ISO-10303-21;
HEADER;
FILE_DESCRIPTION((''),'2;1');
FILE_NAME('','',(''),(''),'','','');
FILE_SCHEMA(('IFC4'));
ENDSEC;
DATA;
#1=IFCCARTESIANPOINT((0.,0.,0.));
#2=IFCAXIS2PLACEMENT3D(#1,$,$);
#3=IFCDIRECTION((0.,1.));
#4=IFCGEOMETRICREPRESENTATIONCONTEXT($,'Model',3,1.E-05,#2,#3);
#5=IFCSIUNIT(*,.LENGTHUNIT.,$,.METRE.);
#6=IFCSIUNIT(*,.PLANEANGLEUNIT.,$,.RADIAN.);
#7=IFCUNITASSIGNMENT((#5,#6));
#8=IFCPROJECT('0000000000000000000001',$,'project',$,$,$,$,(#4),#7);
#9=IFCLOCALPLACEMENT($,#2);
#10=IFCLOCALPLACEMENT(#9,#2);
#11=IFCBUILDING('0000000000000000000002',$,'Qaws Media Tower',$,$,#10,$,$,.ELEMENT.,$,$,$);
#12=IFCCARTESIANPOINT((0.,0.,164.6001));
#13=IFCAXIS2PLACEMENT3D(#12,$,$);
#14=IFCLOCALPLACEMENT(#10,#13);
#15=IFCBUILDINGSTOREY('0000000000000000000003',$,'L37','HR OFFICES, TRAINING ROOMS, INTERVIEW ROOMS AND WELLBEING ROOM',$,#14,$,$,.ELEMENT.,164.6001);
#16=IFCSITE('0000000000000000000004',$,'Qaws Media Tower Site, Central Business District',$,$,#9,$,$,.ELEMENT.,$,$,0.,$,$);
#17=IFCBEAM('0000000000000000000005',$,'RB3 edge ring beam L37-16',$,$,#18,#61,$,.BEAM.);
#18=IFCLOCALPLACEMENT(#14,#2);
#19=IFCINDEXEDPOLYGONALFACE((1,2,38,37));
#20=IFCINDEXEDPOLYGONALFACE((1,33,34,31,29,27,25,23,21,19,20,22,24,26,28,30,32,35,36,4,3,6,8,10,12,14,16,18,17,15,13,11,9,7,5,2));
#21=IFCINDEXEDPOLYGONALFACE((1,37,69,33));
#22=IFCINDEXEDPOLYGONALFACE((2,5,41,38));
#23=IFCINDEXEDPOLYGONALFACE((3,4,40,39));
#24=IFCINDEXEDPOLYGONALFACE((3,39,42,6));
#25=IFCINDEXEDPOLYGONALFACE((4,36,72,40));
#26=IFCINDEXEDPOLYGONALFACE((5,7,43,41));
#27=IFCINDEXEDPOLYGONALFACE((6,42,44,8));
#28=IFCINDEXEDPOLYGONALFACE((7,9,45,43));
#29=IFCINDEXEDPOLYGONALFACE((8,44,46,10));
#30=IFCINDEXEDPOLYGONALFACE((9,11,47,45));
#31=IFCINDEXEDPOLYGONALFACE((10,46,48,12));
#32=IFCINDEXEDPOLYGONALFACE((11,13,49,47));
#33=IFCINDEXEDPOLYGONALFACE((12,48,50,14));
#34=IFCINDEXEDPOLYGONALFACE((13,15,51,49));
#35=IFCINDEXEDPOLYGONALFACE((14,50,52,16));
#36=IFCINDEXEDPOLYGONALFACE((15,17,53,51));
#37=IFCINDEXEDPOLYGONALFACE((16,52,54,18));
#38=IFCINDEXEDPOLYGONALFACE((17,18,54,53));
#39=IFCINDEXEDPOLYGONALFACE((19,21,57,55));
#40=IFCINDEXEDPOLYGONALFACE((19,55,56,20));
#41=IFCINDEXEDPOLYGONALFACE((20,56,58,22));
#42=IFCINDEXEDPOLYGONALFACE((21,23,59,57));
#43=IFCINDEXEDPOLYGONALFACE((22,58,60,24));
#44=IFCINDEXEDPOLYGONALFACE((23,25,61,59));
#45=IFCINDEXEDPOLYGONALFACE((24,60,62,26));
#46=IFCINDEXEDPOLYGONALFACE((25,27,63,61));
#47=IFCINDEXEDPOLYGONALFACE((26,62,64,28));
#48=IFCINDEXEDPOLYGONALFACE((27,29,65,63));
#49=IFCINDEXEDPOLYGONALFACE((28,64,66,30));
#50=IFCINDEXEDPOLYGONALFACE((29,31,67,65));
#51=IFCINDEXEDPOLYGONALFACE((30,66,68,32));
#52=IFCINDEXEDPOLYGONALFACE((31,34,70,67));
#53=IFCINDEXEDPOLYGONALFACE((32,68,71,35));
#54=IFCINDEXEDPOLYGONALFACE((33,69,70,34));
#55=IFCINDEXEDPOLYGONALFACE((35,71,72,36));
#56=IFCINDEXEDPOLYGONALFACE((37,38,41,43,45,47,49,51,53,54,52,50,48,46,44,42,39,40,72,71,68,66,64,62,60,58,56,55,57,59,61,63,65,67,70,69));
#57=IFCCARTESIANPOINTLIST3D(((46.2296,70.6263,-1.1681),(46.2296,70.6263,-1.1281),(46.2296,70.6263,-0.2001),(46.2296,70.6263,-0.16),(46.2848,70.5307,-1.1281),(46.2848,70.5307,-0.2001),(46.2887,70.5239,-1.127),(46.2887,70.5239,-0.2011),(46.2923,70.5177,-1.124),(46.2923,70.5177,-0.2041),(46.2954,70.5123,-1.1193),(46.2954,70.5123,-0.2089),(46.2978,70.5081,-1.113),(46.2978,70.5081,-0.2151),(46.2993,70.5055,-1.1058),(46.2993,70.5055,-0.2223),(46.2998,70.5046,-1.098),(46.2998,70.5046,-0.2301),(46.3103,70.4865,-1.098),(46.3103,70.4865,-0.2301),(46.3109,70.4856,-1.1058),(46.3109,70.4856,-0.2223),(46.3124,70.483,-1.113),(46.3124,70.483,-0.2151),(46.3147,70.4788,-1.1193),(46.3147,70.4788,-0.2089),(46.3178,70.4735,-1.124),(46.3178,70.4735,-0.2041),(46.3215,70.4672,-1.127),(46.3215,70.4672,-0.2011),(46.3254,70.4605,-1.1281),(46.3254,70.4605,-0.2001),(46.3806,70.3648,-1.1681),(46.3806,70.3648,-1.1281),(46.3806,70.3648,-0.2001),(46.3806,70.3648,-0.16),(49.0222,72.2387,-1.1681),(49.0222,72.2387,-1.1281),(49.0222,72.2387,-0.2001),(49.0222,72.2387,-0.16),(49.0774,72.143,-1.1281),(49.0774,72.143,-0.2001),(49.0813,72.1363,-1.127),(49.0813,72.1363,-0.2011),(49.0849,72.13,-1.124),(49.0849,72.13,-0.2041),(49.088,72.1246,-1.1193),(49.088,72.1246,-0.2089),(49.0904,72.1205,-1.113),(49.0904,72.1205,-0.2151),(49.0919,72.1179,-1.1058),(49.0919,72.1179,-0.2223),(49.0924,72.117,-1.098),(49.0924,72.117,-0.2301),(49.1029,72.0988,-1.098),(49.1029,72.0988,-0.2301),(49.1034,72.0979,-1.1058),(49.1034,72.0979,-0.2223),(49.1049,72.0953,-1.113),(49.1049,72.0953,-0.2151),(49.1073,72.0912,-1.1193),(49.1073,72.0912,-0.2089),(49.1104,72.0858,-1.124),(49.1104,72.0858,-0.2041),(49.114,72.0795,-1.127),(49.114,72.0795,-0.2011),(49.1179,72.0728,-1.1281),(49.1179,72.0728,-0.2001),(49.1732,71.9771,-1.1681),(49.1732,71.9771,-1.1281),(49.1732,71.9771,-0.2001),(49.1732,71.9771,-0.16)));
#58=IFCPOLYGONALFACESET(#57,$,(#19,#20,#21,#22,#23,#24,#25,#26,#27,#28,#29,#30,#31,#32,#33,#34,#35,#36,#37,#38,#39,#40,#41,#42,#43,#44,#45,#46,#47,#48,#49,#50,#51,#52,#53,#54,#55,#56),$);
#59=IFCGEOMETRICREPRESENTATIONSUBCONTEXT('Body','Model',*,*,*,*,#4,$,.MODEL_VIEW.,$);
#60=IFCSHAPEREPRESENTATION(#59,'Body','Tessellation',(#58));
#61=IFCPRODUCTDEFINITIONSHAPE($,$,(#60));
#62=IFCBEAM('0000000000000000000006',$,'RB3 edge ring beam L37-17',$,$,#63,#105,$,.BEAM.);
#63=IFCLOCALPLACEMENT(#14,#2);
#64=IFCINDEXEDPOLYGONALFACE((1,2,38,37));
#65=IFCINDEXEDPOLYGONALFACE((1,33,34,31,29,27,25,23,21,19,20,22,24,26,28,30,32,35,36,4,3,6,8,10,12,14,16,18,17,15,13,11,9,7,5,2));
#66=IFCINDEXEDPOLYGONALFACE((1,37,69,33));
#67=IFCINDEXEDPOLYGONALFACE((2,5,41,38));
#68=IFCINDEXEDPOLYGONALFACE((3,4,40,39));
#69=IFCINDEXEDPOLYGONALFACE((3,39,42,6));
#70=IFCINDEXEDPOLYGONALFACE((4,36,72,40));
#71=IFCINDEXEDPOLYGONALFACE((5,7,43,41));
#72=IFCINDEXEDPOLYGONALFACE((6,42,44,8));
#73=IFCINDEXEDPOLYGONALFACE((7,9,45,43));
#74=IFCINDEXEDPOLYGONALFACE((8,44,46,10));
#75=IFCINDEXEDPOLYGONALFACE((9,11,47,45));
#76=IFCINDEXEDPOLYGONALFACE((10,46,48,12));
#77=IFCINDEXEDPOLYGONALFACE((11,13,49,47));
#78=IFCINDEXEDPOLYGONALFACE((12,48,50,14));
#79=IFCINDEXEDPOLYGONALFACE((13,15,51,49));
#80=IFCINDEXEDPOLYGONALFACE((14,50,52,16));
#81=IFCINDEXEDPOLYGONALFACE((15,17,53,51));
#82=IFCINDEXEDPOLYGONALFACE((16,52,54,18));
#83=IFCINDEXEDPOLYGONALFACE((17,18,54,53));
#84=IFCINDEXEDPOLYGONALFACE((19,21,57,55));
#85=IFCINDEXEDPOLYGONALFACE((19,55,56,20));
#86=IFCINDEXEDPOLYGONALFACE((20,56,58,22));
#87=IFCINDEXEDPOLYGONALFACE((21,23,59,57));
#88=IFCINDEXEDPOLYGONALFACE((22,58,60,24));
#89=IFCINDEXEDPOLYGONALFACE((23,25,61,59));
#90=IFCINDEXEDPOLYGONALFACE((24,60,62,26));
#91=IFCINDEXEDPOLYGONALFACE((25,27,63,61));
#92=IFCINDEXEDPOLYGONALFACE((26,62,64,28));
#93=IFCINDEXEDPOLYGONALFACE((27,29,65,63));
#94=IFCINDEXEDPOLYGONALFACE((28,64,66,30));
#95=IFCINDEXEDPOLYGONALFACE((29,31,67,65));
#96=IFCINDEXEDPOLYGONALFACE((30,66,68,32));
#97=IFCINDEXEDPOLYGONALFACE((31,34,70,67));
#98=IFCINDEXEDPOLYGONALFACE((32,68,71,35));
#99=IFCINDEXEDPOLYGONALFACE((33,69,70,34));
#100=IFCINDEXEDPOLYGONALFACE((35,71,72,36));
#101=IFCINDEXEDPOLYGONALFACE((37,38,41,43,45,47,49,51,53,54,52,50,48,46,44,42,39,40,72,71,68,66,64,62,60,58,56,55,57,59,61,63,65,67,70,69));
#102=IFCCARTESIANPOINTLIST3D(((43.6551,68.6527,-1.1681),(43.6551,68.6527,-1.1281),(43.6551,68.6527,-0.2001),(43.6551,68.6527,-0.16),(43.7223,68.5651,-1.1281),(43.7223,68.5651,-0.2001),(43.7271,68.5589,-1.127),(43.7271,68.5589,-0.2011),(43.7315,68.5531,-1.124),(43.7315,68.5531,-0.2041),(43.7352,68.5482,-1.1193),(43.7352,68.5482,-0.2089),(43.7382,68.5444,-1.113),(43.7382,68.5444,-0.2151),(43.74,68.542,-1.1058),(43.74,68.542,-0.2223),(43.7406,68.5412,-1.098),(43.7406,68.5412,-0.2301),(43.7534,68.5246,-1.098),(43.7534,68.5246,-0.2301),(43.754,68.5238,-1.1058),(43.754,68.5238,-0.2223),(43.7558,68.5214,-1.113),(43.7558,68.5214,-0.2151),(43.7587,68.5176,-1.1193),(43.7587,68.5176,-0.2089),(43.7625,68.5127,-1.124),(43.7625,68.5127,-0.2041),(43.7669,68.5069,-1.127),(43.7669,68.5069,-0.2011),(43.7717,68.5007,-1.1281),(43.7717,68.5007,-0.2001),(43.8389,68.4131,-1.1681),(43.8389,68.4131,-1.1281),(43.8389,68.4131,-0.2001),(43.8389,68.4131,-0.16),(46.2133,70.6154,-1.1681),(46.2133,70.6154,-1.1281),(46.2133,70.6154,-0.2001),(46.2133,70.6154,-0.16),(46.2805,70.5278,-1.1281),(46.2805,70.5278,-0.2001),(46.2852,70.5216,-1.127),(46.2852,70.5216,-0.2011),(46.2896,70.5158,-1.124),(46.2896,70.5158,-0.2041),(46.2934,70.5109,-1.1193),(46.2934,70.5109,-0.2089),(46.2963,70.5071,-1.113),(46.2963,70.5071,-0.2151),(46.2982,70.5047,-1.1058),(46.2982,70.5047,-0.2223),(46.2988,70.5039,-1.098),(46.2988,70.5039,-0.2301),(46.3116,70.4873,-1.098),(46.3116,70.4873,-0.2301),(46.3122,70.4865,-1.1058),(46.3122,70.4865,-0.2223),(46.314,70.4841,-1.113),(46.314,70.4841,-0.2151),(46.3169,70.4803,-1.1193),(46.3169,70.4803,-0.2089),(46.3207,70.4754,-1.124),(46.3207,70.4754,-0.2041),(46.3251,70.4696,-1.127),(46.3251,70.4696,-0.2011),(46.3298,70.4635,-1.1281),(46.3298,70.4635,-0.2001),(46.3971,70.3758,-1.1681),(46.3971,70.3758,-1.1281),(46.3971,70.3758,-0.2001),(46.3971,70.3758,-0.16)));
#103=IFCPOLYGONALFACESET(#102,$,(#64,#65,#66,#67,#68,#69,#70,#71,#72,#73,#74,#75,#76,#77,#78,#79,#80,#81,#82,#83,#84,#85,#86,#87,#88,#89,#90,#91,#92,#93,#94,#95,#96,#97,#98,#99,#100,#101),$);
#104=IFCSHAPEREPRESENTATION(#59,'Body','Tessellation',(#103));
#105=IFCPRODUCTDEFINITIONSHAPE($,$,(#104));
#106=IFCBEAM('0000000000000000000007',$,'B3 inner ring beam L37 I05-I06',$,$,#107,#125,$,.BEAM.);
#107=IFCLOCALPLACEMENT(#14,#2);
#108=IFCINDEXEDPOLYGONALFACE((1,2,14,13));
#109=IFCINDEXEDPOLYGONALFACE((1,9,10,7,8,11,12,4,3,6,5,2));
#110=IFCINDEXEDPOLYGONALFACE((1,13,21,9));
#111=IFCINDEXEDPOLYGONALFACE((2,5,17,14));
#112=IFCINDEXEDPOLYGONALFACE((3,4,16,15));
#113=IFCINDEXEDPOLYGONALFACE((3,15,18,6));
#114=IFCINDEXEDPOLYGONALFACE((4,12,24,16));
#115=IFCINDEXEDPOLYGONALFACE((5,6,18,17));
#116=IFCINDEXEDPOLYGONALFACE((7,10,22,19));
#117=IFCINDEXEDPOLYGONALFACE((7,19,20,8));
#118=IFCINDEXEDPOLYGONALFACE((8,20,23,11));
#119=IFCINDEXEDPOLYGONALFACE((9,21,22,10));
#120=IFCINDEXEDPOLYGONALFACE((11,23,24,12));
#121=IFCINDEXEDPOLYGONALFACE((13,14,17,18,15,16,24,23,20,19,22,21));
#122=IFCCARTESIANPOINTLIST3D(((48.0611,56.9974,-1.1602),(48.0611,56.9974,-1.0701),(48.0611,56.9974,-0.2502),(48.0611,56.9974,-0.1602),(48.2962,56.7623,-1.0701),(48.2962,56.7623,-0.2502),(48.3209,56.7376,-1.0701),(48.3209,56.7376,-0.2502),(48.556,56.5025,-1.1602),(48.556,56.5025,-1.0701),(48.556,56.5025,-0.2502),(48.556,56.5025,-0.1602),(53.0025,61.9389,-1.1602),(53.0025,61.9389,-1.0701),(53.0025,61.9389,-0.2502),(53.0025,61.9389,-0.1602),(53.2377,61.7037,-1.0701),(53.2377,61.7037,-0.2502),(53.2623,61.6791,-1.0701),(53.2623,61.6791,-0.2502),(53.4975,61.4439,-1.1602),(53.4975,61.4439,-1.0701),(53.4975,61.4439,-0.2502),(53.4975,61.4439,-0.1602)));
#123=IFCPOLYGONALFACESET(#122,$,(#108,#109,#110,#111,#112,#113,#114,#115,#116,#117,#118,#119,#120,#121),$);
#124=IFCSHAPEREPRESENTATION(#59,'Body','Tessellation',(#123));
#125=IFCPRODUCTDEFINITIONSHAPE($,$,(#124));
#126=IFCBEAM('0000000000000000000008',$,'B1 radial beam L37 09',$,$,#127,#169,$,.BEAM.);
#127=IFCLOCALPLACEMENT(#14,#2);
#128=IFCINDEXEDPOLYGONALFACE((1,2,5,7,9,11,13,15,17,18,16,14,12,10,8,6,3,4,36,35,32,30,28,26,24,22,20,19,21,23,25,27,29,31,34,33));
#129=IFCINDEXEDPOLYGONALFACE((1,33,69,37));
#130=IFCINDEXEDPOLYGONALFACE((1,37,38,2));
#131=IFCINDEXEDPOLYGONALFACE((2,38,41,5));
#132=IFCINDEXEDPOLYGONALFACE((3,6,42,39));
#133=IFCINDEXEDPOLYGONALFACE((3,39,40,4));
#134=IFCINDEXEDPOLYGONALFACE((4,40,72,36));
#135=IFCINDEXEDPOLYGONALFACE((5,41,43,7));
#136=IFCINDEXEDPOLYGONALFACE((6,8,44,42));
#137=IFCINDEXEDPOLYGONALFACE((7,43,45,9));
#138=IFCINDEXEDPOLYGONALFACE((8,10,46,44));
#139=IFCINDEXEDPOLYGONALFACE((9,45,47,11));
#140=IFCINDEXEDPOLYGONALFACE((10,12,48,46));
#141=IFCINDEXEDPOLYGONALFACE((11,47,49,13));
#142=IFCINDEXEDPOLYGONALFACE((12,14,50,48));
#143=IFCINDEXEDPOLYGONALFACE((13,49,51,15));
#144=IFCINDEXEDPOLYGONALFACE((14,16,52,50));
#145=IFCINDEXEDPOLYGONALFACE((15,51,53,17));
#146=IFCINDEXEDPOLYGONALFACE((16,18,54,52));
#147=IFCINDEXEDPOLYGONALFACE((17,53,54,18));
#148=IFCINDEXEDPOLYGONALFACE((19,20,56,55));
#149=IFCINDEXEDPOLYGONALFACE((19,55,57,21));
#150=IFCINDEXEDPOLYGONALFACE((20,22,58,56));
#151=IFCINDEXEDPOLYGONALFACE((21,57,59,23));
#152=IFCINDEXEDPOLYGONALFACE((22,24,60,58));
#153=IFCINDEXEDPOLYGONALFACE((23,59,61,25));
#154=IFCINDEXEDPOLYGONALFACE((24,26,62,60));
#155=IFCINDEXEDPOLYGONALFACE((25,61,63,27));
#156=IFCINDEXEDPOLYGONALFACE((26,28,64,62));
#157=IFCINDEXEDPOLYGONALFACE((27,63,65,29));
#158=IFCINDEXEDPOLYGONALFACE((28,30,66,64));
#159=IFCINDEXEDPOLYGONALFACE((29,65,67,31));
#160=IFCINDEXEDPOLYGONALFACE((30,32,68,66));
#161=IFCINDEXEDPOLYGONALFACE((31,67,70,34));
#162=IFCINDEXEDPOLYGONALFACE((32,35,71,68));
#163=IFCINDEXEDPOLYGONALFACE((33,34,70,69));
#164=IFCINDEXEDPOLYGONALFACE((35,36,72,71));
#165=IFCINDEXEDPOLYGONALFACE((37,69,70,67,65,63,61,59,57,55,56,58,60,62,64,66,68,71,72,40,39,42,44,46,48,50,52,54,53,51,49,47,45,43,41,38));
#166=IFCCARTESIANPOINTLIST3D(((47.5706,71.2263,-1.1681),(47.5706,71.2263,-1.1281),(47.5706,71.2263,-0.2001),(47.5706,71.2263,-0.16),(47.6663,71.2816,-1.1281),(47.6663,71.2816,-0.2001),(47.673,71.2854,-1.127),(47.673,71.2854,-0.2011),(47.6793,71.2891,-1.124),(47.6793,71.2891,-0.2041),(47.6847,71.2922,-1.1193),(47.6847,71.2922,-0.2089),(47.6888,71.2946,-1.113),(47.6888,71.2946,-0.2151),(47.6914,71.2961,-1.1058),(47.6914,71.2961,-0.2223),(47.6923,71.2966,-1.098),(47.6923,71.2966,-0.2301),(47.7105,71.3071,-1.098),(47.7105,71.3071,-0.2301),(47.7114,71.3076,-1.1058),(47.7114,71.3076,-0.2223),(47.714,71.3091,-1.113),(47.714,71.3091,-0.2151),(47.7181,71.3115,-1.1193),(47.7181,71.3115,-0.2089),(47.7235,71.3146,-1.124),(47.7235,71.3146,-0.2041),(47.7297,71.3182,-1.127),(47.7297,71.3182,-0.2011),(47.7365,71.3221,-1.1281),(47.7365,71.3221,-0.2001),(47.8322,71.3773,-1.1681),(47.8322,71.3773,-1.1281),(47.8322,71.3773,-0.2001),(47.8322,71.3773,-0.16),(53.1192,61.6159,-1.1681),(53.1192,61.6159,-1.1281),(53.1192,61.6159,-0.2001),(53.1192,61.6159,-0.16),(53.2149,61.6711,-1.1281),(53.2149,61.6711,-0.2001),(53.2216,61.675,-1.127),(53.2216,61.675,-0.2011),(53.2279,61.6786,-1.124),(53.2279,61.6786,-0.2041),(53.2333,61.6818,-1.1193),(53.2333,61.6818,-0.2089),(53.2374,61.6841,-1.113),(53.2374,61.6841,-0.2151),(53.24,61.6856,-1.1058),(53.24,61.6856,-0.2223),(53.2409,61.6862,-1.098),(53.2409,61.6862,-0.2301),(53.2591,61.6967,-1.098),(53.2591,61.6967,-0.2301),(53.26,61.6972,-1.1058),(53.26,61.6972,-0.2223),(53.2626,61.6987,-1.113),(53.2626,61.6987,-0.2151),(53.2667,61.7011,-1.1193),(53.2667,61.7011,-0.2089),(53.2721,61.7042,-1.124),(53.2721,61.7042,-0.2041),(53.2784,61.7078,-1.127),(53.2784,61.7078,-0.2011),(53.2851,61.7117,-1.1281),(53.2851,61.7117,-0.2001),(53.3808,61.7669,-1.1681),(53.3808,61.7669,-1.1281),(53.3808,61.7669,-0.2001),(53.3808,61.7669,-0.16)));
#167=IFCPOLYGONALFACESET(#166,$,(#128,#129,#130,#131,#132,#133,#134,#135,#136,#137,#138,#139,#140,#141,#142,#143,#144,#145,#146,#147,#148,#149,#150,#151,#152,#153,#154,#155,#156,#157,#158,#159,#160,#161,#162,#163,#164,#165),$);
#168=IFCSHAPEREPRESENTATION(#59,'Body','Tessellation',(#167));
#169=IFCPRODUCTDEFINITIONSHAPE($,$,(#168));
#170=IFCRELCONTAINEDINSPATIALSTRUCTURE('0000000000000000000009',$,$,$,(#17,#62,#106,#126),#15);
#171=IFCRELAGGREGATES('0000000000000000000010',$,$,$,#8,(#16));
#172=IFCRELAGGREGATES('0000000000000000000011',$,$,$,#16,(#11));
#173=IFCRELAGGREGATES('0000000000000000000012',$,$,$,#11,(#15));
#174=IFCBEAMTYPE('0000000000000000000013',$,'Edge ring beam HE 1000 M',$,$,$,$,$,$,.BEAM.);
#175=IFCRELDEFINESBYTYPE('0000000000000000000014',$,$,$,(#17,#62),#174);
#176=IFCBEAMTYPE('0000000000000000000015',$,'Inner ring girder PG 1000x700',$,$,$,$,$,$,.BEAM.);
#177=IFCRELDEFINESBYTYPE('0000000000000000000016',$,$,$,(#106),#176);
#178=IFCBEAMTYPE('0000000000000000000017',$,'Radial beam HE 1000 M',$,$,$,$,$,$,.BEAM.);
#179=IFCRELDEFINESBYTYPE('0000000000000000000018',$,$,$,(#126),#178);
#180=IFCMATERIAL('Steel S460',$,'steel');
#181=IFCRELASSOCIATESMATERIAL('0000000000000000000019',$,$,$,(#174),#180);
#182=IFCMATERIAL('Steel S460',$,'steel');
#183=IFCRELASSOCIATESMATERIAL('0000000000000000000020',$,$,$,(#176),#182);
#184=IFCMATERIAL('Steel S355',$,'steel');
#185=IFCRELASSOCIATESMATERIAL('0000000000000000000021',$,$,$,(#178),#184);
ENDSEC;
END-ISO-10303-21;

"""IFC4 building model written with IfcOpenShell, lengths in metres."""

from ifc_helpers import new_model, si_unit, direction, frame, origin, origin_2d, place, context, subcontext, project, spatial, i_section, extrude, material, material_profile, profile_set, type_object, element, save


model = new_model("IFC4")

# Units and contexts
model_context = context("Model", 3, precision=1e-05, world=origin(), true_north=direction((0.0, 1.0)))
body_context = subcontext(model_context, "Body", "Model", "MODEL_VIEW")
ifc_project = project(units=[si_unit("LENGTHUNIT", "METRE"), si_unit("PLANEANGLEUNIT", "RADIAN")], contexts=[model_context])

# Site, building, storey
site_placement = place(None, origin())
site = spatial("IfcSite", under=ifc_project, at=site_placement, Name="Qaws Media Tower Site, Central Business District", CompositionType="ELEMENT", RefElevation=0.0)
building_placement = place(site_placement, origin())
building = spatial("IfcBuilding", under=site, at=building_placement, Name="Qaws Media Tower", CompositionType="ELEMENT")
storey_placement = place(building_placement, frame((0.0, 0.0, 164.6001)))
storey = spatial("IfcBuildingStorey", under=building, at=storey_placement, Name="L37", Description="HR OFFICES, TRAINING ROOMS, INTERVIEW ROOMS AND WELLBEING ROOM", CompositionType="ELEMENT", Elevation=164.6001)

# Beams
ifc_material_1 = material(Name="Steel S460", Category="steel")
ifc_material_profile_1 = material_profile(ifc_material_1, i_section(OverallWidth=0.302, OverallDepth=1.0081, WebThickness=0.021, FlangeThickness=0.04, FilletRadius=0.03, at=origin_2d()), Name="HE 1000 M")
ifc_profile_set_1 = profile_set([ifc_material_profile_1], Name="Steel S460")
beam_type_1 = type_object("IfcBeamType", Name="Edge ring beam HE 1000 M", PredefinedType="BEAM", material=ifc_profile_set_1)
beam_1_placement = place(storey_placement, frame((49.0977, 72.1079, -0.6641), z_axis=(-0.866017, -0.500015, 0.0), x_axis=(0.500015, -0.866017, 0.0)))
element("IfcBeam", 1, at=beam_1_placement, inside=storey, type_object=beam_type_1, Name="RB3 edge ring beam L37-16", PredefinedType="BEAM", context=body_context, shape_type="SweptSolid", body=[
    extrude(i_section(OverallWidth=0.302, OverallDepth=1.0081, WebThickness=0.021, FlangeThickness=0.04, FilletRadius=0.03, at=origin_2d()), origin(), (0.0, 0.0, 1.0), 3.2246),
])
beam_2_placement = place(storey_placement, frame((46.3052, 70.4956, -0.6641), z_axis=(-0.793392, -0.608711, 0.0), x_axis=(0.608711, -0.793392, 0.0)))
element("IfcBeam", 2, at=beam_2_placement, inside=storey, type_object=beam_type_1, Name="RB3 edge ring beam L37-17", PredefinedType="BEAM", context=body_context, shape_type="SweptSolid", body=[
    extrude(i_section(OverallWidth=0.302, OverallDepth=1.0081, WebThickness=0.021, FlangeThickness=0.04, FilletRadius=0.03, at=origin_2d()), origin(), (0.0, 0.0, 1.0), 3.2244),
])
ifc_material_2 = material(Name="Steel S460", Category="steel")
ifc_material_profile_2 = material_profile(ifc_material_2, i_section(OverallWidth=0.7, OverallDepth=1.0, WebThickness=0.0349, FlangeThickness=0.0901, at=origin_2d()), Name="PG 1000x700")
ifc_profile_set_2 = profile_set([ifc_material_profile_2], Name="Steel S460")
beam_type_2 = type_object("IfcBeamType", Name="Inner ring girder PG 1000x700", PredefinedType="BEAM", material=ifc_profile_set_2)
beam_3_placement = place(storey_placement, frame((53.25, 61.6914, -0.6602), z_axis=(-0.707107, -0.707107, 0.0), x_axis=(0.707107, -0.707107, 0.0)))
element("IfcBeam", 3, at=beam_3_placement, inside=storey, type_object=beam_type_2, Name="B3 inner ring beam L37 I05-I06", PredefinedType="BEAM", context=body_context, shape_type="SweptSolid", body=[
    extrude(i_section(OverallWidth=0.7, OverallDepth=1.0, WebThickness=0.0349, FlangeThickness=0.0901, at=origin_2d()), origin(), (0.0, 0.0, 1.0), 6.9883),
])
ifc_material_3 = material(Name="Steel S355", Category="steel")
ifc_material_profile_3 = material_profile(ifc_material_3, i_section(OverallWidth=0.302, OverallDepth=1.0081, WebThickness=0.021, FlangeThickness=0.04, FilletRadius=0.03, at=origin_2d()), Name="HE 1000 M")
ifc_profile_set_3 = profile_set([ifc_material_profile_3], Name="Steel S355")
beam_type_3 = type_object("IfcBeamType", Name="Radial beam HE 1000 M", PredefinedType="BEAM", material=ifc_profile_set_3)
beam_4_placement = place(storey_placement, frame((53.25, 61.6914, -0.6641), z_axis=(-0.500003, 0.866024, 0.0), x_axis=(-0.866024, -0.500003, 0.0)))
element("IfcBeam", 4, at=beam_4_placement, inside=storey, type_object=beam_type_3, Name="B1 radial beam L37 09", PredefinedType="BEAM", context=body_context, shape_type="SweptSolid", body=[
    extrude(i_section(OverallWidth=0.302, OverallDepth=1.0081, WebThickness=0.021, FlangeThickness=0.04, FilletRadius=0.03, at=origin_2d()), origin(), (0.0, 0.0, 1.0), 11.0972),
])

save(model, "model.ifc")
